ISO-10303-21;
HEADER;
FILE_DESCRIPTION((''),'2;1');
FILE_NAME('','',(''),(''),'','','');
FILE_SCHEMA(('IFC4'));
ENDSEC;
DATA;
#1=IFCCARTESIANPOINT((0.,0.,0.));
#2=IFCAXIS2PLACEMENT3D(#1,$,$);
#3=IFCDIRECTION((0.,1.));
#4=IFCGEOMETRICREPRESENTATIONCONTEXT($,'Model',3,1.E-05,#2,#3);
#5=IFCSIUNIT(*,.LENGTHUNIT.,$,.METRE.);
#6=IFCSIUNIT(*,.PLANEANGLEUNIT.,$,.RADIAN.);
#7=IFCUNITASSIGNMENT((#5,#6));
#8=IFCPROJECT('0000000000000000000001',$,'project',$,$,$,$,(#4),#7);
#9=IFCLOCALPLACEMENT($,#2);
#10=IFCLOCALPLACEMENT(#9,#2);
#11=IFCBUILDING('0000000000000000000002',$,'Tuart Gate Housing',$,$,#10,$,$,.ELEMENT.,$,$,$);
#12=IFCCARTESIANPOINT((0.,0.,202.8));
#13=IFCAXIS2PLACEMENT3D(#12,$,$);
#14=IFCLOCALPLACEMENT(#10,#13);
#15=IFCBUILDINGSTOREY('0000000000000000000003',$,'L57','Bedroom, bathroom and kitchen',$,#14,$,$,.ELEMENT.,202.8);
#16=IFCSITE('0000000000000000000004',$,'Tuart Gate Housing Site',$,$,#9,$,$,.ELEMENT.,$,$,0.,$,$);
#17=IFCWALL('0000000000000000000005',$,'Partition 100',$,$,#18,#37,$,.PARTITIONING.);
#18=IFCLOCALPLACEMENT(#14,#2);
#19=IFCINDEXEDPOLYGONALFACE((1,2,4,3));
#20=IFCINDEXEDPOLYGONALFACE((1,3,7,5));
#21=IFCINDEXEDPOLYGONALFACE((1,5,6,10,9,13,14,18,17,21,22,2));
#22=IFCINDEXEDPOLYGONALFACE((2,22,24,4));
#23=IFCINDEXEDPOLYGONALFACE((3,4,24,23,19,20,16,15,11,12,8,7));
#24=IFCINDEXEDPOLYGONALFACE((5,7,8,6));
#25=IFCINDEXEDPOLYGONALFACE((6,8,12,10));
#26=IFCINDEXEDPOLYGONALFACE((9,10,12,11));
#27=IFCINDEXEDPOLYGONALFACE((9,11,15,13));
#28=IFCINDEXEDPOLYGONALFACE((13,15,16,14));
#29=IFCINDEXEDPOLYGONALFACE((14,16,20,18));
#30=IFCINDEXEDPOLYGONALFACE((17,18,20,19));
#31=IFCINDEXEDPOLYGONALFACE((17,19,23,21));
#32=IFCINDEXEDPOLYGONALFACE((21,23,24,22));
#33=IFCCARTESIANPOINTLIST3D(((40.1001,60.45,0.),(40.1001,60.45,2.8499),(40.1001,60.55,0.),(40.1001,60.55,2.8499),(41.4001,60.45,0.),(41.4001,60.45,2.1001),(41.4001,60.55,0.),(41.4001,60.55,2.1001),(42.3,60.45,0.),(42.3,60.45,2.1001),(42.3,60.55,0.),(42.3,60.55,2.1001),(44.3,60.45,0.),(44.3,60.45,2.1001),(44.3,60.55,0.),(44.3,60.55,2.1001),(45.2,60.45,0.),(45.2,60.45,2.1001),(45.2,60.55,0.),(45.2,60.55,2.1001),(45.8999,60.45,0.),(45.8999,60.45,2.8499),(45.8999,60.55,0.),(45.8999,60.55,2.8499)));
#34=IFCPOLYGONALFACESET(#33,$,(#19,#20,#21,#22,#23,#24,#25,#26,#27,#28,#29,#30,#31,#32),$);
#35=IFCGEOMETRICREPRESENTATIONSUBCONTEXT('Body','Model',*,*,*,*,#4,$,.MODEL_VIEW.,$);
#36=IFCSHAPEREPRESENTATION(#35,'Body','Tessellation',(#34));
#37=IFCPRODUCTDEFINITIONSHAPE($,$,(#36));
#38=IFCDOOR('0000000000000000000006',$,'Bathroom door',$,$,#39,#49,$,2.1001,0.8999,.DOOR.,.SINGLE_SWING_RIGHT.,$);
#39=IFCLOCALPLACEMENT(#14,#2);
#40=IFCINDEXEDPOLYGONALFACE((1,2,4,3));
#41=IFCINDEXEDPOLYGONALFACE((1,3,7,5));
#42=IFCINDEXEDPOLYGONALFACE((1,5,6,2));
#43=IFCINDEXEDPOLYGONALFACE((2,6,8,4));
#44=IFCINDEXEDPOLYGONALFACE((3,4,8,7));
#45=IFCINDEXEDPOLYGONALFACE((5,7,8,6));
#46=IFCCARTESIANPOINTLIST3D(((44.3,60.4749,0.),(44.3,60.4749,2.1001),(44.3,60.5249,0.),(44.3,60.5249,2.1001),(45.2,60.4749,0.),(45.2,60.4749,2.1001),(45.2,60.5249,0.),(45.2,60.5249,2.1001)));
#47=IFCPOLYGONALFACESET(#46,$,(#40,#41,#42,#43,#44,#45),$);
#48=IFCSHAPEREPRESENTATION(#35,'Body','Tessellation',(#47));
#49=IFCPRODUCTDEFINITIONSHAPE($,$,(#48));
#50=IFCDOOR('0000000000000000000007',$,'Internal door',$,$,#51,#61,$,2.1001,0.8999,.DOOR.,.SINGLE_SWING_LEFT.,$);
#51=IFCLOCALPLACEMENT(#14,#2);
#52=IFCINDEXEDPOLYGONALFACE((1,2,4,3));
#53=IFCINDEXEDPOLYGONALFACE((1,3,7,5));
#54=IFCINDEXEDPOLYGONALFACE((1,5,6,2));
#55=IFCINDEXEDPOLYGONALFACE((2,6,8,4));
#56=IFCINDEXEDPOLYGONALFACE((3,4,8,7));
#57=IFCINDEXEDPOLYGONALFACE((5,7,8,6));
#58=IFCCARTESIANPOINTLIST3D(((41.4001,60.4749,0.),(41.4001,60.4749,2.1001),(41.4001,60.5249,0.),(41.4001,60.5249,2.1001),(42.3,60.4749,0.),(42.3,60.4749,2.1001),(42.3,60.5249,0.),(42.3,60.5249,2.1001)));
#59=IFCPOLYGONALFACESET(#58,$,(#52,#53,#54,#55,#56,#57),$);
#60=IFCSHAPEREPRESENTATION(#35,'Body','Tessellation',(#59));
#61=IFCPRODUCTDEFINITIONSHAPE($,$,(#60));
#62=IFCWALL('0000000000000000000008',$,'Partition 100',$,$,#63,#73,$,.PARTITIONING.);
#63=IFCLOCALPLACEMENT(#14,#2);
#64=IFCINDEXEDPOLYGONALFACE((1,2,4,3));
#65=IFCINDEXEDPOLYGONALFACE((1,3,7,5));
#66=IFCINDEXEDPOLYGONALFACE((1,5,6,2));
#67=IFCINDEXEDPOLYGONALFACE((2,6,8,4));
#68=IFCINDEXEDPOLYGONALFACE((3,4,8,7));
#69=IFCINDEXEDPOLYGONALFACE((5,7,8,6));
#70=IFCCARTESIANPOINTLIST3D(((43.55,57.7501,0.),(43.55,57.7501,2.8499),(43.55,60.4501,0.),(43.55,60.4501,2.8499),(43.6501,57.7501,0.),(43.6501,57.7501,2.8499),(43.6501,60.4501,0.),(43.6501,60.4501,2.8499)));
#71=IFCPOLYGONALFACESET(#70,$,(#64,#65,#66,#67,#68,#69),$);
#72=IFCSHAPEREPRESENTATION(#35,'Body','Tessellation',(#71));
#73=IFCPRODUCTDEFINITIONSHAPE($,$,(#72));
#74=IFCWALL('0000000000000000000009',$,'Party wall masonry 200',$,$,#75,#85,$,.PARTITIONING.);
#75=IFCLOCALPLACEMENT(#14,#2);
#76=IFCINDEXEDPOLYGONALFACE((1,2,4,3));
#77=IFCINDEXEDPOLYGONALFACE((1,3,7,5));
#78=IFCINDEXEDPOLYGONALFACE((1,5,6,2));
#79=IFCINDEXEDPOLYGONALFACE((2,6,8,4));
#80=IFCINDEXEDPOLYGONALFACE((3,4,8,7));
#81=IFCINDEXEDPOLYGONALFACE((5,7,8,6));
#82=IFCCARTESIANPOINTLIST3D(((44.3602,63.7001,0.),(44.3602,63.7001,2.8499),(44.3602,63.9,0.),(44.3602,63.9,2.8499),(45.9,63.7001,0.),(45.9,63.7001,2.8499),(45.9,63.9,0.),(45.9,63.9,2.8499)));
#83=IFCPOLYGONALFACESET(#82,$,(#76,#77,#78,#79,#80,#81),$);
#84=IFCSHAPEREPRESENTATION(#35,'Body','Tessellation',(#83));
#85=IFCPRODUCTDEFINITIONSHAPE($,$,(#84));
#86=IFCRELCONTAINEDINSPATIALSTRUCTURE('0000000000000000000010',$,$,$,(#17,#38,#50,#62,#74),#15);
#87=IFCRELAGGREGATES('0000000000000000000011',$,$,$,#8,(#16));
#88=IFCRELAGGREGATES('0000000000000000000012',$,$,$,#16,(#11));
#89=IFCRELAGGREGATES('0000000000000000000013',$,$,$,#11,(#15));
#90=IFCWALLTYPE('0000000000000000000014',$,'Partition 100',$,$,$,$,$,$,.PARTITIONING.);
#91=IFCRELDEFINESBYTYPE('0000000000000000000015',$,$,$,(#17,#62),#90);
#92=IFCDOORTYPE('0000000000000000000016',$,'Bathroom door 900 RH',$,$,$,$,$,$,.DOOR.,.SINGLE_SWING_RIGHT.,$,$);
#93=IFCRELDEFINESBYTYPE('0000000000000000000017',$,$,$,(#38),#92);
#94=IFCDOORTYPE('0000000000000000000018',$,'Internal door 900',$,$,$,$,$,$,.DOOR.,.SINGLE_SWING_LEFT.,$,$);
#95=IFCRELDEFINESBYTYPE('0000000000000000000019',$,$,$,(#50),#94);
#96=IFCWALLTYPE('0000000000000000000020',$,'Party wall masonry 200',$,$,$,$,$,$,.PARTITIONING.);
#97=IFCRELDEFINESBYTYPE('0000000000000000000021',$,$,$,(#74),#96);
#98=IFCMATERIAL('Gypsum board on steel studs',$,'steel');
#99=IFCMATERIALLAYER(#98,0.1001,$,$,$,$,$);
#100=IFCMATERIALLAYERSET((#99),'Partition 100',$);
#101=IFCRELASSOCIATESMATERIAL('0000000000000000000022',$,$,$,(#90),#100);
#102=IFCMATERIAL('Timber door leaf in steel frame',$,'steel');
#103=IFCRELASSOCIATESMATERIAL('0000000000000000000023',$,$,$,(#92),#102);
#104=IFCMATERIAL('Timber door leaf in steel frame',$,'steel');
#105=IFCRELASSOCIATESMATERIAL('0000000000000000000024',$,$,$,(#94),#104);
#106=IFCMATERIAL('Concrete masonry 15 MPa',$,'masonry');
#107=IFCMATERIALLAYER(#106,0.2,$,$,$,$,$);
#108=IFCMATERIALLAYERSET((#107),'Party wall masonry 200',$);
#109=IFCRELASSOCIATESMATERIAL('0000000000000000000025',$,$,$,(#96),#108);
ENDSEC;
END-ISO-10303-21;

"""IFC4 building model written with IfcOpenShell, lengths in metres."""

from ifc_helpers import new_model, si_unit, direction, frame, frame_2d, origin, place, context, subcontext, project, spatial, rectangle, extrude, material, layer, layer_set, type_object, element, fill, save


model = new_model("IFC4")

# Units and contexts
model_context = context("Model", 3, precision=1e-05, world=origin(), true_north=direction((0.0, 1.0)))
body_context = subcontext(model_context, "Body", "Model", "MODEL_VIEW")
ifc_project = project(units=[si_unit("LENGTHUNIT", "METRE"), si_unit("PLANEANGLEUNIT", "RADIAN")], contexts=[model_context])

# Site, building, storey
site_placement = place(None, origin())
site = spatial("IfcSite", under=ifc_project, at=site_placement, Name="Tuart Gate Housing Site", CompositionType="ELEMENT", RefElevation=0.0)
building_placement = place(site_placement, origin())
building = spatial("IfcBuilding", under=site, at=building_placement, Name="Tuart Gate Housing", CompositionType="ELEMENT")
storey_placement = place(building_placement, frame((0.0, 0.0, 202.8)))
storey = spatial("IfcBuildingStorey", under=building, at=storey_placement, Name="L57", Description="Bedroom, bathroom and kitchen", CompositionType="ELEMENT", Elevation=202.8)

# Shared definitions
ifc_material_1 = material(Name="Gypsum board on steel studs", Category="steel")
ifc_layer_1 = layer(ifc_material_1, 0.1001)
ifc_layer_set_1 = layer_set([ifc_layer_1], Name="Partition 100")
wall_type_1 = type_object("IfcWallType", Name="Partition 100", PredefinedType="PARTITIONING", material=ifc_layer_set_1)

# Wall, openings, doors
wall_1_placement = place(storey_placement, frame((40.1001, 60.5, 0.0), z_axis=(0.0, 0.0, 1.0), x_axis=(1.0, 0.0, 0.0)))
wall_1 = element("IfcWall", 1, at=wall_1_placement, inside=storey, type_object=wall_type_1, Name="Partition 100", PredefinedType="PARTITIONING", context=body_context, shape_type="SweptSolid", body=[
    extrude(rectangle(XDim=5.7998, YDim=0.1001, at=frame_2d((2.8999, 0.0))), origin(), (0.0, 0.0, 1.0), 2.8499),
])
opening_1_placement = place(wall_1_placement, frame((1.3, 0.0, 0.0)))
opening_1 = element("IfcOpeningElement", 2, at=opening_1_placement, cuts=wall_1, PredefinedType="OPENING", context=body_context, shape_type="SweptSolid", body=[
    extrude(rectangle(XDim=0.8999, YDim=2.1001, at=frame_2d((0.45, 1.05))), frame((0.0, 0.0601, 0.0), z_axis=(0.0, -1.0, 0.0), x_axis=(1.0, 0.0, 0.0)), (0.0, 0.0, 1.0), 0.1201),
])
opening_2_placement = place(wall_1_placement, frame((4.2, 0.0, 0.0)))
opening_2 = element("IfcOpeningElement", 3, at=opening_2_placement, cuts=wall_1, PredefinedType="OPENING", context=body_context, shape_type="SweptSolid", body=[
    extrude(rectangle(XDim=0.8999, YDim=2.1001, at=frame_2d((0.45, 1.05))), frame((0.0, 0.0601, 0.0), z_axis=(0.0, -1.0, 0.0), x_axis=(1.0, 0.0, 0.0)), (0.0, 0.0, 1.0), 0.1201),
])
ifc_material_2 = material(Name="Timber door leaf in steel frame", Category="steel")
door_type_1 = type_object("IfcDoorType", Name="Bathroom door 900 RH", OperationType="SINGLE_SWING_RIGHT", PredefinedType="DOOR", material=ifc_material_2)
door_1_placement = place(opening_2_placement, frame((0.8999, 0.0, 0.0), z_axis=(0.0, 0.0, 1.0), x_axis=(-1.0, 0.0, 0.0)))
door_1 = element("IfcDoor", 4, at=door_1_placement, inside=storey, type_object=door_type_1, Name="Bathroom door", OperationType="SINGLE_SWING_RIGHT", OverallHeight=2.1001, OverallWidth=0.8999, PredefinedType="DOOR", context=body_context, shape_type="SweptSolid", body=[
    extrude(rectangle(XDim=0.8999, YDim=2.1001, at=frame_2d((0.45, 1.05))), frame((0.0, 0.0251, 0.0), z_axis=(0.0, -1.0, 0.0), x_axis=(1.0, 0.0, 0.0)), (0.0, 0.0, 1.0), 0.05),
])
fill(opening_2, door_1)
ifc_material_3 = material(Name="Timber door leaf in steel frame", Category="steel")
door_type_2 = type_object("IfcDoorType", Name="Internal door 900", OperationType="SINGLE_SWING_LEFT", PredefinedType="DOOR", material=ifc_material_3)
door_2_placement = place(opening_1_placement, frame((0.8999, 0.0, 0.0), z_axis=(0.0, 0.0, 1.0), x_axis=(-1.0, 0.0, 0.0)))
door_2 = element("IfcDoor", 5, at=door_2_placement, inside=storey, type_object=door_type_2, Name="Internal door", OperationType="SINGLE_SWING_LEFT", OverallHeight=2.1001, OverallWidth=0.8999, PredefinedType="DOOR", context=body_context, shape_type="SweptSolid", body=[
    extrude(rectangle(XDim=0.8999, YDim=2.1001, at=frame_2d((0.45, 1.05))), frame((0.0, 0.0251, 0.0), z_axis=(0.0, -1.0, 0.0), x_axis=(1.0, 0.0, 0.0)), (0.0, 0.0, 1.0), 0.05),
])
fill(opening_1, door_2)

# Walls
wall_2_placement = place(storey_placement, frame((43.6001, 57.75, 0.0), z_axis=(0.0, 0.0, 1.0), x_axis=(0.0, 1.0, 0.0)))
element("IfcWall", 6, at=wall_2_placement, inside=storey, type_object=wall_type_1, Name="Partition 100", PredefinedType="PARTITIONING", context=body_context, shape_type="SweptSolid", body=[
    extrude(rectangle(XDim=2.7, YDim=0.1001, at=frame_2d((1.3501, 0.0))), origin(), (0.0, 0.0, 1.0), 2.8499),
])
ifc_material_4 = material(Name="Concrete masonry 15 MPa", Category="masonry")
ifc_layer_2 = layer(ifc_material_4, 0.2)
ifc_layer_set_2 = layer_set([ifc_layer_2], Name="Party wall masonry 200")
wall_type_2 = type_object("IfcWallType", Name="Party wall masonry 200", PredefinedType="PARTITIONING", material=ifc_layer_set_2)
wall_3_placement = place(storey_placement, frame((44.3601, 63.8, 0.0), z_axis=(0.0, 0.0, 1.0), x_axis=(1.0, 0.0, 0.0)))
element("IfcWall", 7, at=wall_3_placement, inside=storey, type_object=wall_type_2, Name="Party wall masonry 200", PredefinedType="PARTITIONING", context=body_context, shape_type="SweptSolid", body=[
    extrude(rectangle(XDim=1.5398, YDim=0.2, at=frame_2d((0.77, 0.0))), origin(), (0.0, 0.0, 1.0), 2.8499),
])

save(model, "model.ifc")
